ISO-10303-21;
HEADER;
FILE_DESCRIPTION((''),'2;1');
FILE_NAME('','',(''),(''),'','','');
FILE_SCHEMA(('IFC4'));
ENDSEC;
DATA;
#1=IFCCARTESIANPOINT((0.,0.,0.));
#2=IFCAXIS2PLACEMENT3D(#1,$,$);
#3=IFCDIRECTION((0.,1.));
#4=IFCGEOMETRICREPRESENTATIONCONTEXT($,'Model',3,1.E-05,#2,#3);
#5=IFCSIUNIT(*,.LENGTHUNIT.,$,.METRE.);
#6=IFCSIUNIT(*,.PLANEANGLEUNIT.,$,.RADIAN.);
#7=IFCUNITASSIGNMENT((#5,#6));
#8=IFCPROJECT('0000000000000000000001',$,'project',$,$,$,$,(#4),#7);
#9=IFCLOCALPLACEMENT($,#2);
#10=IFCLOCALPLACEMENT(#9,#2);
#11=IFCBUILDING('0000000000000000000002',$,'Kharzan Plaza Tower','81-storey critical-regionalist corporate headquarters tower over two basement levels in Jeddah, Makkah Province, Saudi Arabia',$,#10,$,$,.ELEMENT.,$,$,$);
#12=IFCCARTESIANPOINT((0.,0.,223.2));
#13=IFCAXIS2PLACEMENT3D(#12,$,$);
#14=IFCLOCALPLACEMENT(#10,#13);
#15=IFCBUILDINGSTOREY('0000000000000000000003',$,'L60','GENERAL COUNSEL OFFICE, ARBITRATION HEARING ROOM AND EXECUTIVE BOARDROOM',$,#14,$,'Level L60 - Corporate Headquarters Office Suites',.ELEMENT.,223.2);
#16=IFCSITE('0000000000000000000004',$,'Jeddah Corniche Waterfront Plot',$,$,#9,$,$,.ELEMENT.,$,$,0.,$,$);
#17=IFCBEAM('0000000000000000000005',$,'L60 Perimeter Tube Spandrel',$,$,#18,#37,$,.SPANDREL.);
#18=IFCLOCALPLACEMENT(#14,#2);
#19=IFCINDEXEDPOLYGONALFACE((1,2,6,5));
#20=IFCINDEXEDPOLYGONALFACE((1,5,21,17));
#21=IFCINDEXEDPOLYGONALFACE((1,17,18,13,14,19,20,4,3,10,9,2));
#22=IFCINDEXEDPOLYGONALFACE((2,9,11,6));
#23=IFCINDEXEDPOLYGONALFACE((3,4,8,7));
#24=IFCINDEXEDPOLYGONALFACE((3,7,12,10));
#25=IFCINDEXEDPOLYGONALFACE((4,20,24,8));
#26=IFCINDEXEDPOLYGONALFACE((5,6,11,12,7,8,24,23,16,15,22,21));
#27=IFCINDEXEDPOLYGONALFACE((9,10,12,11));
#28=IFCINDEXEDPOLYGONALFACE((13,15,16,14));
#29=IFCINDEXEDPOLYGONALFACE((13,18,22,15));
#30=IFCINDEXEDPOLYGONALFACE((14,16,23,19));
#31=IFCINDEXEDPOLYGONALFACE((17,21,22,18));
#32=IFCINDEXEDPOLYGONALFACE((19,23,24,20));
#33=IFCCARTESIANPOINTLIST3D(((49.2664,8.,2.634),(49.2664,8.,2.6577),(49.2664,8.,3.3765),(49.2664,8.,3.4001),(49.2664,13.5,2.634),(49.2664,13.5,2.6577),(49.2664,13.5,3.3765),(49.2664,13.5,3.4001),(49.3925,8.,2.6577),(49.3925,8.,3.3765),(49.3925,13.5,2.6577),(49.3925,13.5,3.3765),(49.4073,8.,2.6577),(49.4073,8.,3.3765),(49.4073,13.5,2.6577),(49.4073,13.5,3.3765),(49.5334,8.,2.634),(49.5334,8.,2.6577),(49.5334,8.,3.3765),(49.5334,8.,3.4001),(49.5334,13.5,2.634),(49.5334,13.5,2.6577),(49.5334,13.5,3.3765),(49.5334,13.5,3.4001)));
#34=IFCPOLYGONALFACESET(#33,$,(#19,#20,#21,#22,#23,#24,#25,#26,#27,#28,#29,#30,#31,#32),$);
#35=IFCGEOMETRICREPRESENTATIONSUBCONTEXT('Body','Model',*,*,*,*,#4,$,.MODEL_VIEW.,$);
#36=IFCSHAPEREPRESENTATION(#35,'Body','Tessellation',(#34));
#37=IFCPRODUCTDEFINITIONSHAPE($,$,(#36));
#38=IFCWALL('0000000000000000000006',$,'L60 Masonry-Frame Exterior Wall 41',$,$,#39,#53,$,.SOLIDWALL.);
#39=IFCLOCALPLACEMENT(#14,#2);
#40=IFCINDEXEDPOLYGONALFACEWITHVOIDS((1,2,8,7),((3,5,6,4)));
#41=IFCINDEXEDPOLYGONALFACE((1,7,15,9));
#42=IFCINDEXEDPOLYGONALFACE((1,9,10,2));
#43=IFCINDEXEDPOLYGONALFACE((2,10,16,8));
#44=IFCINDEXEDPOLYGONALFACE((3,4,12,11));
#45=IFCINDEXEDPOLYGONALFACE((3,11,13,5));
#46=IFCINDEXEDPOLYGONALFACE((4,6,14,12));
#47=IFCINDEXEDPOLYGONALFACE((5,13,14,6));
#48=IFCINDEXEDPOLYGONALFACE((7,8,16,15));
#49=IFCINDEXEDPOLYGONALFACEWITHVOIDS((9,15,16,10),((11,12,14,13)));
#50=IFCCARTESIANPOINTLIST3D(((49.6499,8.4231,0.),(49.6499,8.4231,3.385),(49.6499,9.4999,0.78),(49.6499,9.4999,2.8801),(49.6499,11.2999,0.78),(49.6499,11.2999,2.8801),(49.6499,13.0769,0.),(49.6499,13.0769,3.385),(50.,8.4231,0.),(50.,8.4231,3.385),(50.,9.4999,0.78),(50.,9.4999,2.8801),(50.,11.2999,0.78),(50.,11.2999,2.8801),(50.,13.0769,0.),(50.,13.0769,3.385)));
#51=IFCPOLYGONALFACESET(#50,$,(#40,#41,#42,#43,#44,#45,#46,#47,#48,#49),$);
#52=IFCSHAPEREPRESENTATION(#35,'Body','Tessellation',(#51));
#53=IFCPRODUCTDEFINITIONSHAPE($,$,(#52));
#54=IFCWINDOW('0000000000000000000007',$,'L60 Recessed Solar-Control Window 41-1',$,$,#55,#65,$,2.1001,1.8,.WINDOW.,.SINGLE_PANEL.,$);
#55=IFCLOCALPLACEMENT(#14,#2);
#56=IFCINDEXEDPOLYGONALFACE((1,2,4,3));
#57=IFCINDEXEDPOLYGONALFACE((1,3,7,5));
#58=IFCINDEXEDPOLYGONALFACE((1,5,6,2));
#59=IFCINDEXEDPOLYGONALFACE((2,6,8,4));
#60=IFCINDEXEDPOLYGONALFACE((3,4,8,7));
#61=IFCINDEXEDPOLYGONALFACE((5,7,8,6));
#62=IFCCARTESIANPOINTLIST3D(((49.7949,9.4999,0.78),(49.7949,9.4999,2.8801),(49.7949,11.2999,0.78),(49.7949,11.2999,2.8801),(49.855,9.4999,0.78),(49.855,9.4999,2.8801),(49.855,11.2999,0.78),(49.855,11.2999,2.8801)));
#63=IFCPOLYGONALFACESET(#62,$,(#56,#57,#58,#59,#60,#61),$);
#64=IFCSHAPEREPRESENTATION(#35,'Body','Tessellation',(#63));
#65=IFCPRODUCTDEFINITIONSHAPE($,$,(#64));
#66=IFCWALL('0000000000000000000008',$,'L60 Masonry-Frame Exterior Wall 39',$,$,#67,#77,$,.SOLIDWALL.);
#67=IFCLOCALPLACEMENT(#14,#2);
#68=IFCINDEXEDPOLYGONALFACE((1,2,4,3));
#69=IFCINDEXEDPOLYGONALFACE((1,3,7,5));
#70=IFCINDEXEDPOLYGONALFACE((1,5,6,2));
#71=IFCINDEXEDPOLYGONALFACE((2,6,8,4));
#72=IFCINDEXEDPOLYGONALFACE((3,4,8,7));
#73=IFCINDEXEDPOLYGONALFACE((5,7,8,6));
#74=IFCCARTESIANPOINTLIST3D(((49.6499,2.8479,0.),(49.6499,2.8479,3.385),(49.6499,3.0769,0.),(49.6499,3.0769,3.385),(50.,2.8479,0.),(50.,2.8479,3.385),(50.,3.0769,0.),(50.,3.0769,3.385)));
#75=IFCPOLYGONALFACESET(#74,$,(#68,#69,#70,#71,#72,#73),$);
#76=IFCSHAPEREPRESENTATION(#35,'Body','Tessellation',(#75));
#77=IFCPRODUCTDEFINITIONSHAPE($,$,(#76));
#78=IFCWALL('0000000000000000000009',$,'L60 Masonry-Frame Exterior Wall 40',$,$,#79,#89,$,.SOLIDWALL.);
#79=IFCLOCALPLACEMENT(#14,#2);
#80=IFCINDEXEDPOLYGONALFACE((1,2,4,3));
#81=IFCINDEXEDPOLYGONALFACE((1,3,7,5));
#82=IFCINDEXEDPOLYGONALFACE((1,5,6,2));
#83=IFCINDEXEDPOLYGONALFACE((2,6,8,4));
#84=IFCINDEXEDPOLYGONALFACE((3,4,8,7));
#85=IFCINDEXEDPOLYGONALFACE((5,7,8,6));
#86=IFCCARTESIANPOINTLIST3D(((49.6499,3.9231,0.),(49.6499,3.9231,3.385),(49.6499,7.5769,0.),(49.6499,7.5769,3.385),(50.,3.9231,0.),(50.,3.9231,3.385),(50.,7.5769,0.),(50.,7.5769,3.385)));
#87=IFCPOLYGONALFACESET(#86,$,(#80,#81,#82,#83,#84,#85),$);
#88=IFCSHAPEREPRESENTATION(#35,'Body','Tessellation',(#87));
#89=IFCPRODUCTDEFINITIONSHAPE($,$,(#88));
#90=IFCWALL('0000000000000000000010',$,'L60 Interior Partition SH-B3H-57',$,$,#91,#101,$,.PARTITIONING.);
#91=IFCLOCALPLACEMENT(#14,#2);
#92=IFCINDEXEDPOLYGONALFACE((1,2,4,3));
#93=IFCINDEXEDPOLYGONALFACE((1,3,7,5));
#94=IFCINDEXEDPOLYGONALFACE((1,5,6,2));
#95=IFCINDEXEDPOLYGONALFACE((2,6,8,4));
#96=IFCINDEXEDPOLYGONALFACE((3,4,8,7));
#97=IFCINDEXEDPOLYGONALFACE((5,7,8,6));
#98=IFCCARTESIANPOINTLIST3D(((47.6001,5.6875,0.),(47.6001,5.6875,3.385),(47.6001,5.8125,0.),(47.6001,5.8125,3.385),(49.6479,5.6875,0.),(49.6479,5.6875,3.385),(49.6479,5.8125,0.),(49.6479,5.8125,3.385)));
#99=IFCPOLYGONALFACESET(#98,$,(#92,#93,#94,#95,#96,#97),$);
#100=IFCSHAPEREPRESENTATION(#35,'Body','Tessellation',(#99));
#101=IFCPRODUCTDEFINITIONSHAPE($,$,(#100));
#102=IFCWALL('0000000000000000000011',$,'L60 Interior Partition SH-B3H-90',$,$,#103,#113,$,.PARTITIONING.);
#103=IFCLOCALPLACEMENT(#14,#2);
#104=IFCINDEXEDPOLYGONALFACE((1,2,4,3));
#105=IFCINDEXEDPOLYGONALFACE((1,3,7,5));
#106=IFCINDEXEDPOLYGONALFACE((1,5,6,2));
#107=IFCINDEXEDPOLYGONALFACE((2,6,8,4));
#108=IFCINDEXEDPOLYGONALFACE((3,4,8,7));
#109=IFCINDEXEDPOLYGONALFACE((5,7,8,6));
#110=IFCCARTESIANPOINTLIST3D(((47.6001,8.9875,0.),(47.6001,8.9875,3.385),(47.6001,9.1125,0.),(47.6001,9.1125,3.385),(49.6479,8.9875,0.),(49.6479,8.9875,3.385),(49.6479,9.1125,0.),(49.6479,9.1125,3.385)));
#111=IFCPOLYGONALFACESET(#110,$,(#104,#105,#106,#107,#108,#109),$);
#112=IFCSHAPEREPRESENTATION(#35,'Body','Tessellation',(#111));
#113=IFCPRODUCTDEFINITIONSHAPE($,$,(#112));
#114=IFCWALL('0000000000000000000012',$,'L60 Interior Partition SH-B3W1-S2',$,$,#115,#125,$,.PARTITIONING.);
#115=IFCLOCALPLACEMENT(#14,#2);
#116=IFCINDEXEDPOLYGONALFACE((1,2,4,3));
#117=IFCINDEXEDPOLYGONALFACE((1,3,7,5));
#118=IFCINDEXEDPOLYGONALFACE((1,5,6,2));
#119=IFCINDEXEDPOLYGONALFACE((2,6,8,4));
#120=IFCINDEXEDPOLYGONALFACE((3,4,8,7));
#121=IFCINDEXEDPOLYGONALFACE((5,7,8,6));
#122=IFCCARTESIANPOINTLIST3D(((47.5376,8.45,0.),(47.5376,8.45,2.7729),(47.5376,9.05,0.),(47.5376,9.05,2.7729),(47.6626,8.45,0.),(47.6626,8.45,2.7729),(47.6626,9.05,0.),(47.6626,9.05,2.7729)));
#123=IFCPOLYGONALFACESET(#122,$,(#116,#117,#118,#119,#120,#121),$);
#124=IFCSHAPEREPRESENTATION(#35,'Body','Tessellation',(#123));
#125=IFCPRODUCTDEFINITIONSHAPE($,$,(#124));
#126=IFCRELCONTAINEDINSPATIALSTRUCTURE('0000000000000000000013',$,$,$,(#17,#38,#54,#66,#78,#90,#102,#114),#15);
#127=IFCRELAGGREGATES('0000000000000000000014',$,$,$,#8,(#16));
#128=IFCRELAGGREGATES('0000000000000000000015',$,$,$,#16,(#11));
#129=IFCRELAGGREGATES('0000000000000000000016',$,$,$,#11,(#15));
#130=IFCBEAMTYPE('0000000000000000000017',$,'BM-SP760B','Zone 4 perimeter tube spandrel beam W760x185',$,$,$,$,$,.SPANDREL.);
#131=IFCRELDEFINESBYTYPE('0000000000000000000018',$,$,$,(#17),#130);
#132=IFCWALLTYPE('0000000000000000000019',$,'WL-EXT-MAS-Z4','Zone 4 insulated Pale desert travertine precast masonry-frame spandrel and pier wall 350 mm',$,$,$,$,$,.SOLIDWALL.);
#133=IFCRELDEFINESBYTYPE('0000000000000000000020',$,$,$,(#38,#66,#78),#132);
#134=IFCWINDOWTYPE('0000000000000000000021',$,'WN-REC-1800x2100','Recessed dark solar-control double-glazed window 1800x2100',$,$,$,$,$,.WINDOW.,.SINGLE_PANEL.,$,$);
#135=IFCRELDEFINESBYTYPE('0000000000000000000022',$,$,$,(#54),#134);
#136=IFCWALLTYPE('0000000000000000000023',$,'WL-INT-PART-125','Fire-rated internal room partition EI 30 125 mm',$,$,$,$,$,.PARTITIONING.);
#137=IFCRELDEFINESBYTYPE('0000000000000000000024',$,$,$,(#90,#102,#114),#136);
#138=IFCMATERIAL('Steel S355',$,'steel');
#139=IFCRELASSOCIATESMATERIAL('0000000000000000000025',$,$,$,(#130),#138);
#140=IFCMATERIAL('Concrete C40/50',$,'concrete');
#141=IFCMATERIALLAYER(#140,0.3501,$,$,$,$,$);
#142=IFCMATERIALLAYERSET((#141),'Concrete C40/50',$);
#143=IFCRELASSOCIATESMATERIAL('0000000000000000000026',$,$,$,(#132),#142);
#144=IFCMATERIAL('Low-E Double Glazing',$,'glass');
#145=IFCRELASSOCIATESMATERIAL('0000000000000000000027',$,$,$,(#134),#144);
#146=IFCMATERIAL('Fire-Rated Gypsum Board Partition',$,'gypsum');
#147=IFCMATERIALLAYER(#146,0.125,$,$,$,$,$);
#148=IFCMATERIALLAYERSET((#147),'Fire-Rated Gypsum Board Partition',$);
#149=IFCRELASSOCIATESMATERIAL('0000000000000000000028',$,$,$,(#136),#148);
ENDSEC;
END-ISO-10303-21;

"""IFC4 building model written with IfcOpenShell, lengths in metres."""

from ifc_helpers import new_model, si_unit, direction, frame, frame_2d, origin, origin_2d, place, context, subcontext, project, spatial, rectangle, i_section, extrude, source, transform, mapped, material, layer, layer_set, material_profile, profile_set, type_object, element, fill, save


model = new_model("IFC4")

# Units and contexts
model_context = context("Model", 3, precision=1e-05, world=origin(), true_north=direction((0.0, 1.0)))
body_context = subcontext(model_context, "Body", "Model", "MODEL_VIEW")
ifc_project = project(units=[si_unit("LENGTHUNIT", "METRE"), si_unit("PLANEANGLEUNIT", "RADIAN")], contexts=[model_context])

# Site, building, storey
site_placement = place(None, origin())
site = spatial("IfcSite", under=ifc_project, at=site_placement, Name="Jeddah Corniche Waterfront Plot", CompositionType="ELEMENT", RefElevation=0.0)
building_placement = place(site_placement, origin())
building = spatial("IfcBuilding", under=site, at=building_placement, Name="Kharzan Plaza Tower", Description="81-storey critical-regionalist corporate headquarters tower over two basement levels in Jeddah, Makkah Province, Saudi Arabia", CompositionType="ELEMENT")
storey_placement = place(building_placement, frame((0.0, 0.0, 223.2)))
storey = spatial("IfcBuildingStorey", under=building, at=storey_placement, Name="L60", Description="GENERAL COUNSEL OFFICE, ARBITRATION HEARING ROOM AND EXECUTIVE BOARDROOM", LongName="Level L60 - Corporate Headquarters Office Suites", CompositionType="ELEMENT", Elevation=223.2)

# Beam
ifc_material_1 = material(Name="Steel S355", Category="steel")
ifc_material_profile_1 = material_profile(ifc_material_1, i_section(OverallWidth=0.2671, OverallDepth=0.7661, WebThickness=0.0149, FlangeThickness=0.0237, at=origin_2d()), Name="W760x185")
ifc_profile_set_1 = profile_set([ifc_material_profile_1], Name="Steel S355")
beam_type_1 = type_object("IfcBeamType", Name="BM-SP760B", Description="Zone 4 perimeter tube spandrel beam W760x185", PredefinedType="SPANDREL", material=ifc_profile_set_1)
shared_shape_1 = source(origin(), body_context, "Body", "SweptSolid", [
    extrude(i_section(OverallWidth=0.2671, OverallDepth=0.7661, WebThickness=0.0149, FlangeThickness=0.0237, at=origin_2d()), origin(), (0.0, 0.0, 1.0), 5.5),
])
beam_1_placement = place(storey_placement, frame((49.3999, 8.0, 3.0171), z_axis=(0.0, 1.0, 0.0), x_axis=(-1.0, 0.0, 0.0)))
element("IfcBeam", 1, at=beam_1_placement, inside=storey, type_object=beam_type_1, Name="L60 Perimeter Tube Spandrel", PredefinedType="SPANDREL", context=body_context, shape_type="MappedRepresentation", body=[
    mapped(shared_shape_1, transform((0.0, 0.0, 0.0), x_axis=(1.0, 0.0, 0.0), y_axis=(0.0, 1.0, 0.0), z_axis=(0.0, 0.0, 1.0))),
])

# Wall, opening, window
ifc_material_2 = material(Name="Concrete C40/50", Category="concrete")
ifc_layer_1 = layer(ifc_material_2, 0.3501)
ifc_layer_set_1 = layer_set([ifc_layer_1], Name="Concrete C40/50")
wall_type_1 = type_object("IfcWallType", Name="WL-EXT-MAS-Z4", Description="Zone 4 insulated Pale desert travertine precast masonry-frame spandrel and pier wall 350 mm", PredefinedType="SOLIDWALL", material=ifc_layer_set_1)
wall_1_placement = place(storey_placement, frame((49.825, 8.4231, 0.0), z_axis=(0.0, 0.0, 1.0), x_axis=(0.0, 1.0, 0.0)))
wall_1 = element("IfcWall", 2, at=wall_1_placement, inside=storey, type_object=wall_type_1, Name="L60 Masonry-Frame Exterior Wall 41", PredefinedType="SOLIDWALL", context=body_context, shape_type="SweptSolid", body=[
    extrude(rectangle(XDim=4.6538, YDim=0.3501, at=frame_2d((2.3269, 0.0))), origin(), (0.0, 0.0, 1.0), 3.385),
])
opening_1_placement = place(wall_1_placement, frame((1.0769, 0.0, 0.78)))
opening_1 = element("IfcOpeningElement", 3, at=opening_1_placement, cuts=wall_1, PredefinedType="OPENING", context=body_context, shape_type="SweptSolid", body=[
    extrude(rectangle(XDim=1.8, YDim=2.1001, at=frame_2d((0.8999, 1.05))), frame((0.0, 0.1851, 0.0), z_axis=(0.0, -1.0, 0.0), x_axis=(1.0, 0.0, 0.0)), (0.0, 0.0, 1.0), 0.3701),
])
ifc_material_3 = material(Name="Low-E Double Glazing", Category="glass")
window_type = type_object("IfcWindowType", Name="WN-REC-1800x2100", Description="Recessed dark solar-control double-glazed window 1800x2100", PartitioningType="SINGLE_PANEL", PredefinedType="WINDOW", material=ifc_material_3)
shared_shape_2 = source(origin(), body_context, "Body", "SweptSolid", [
    extrude(rectangle(XDim=1.8, YDim=2.1001, at=frame_2d((0.8999, 1.05))), frame((0.0, 0.03, 0.0), z_axis=(0.0, -1.0, 0.0), x_axis=(1.0, 0.0, 0.0)), (0.0, 0.0, 1.0), 0.0601),
])
window_placement = place(opening_1_placement, origin())
window = element("IfcWindow", 4, at=window_placement, inside=storey, type_object=window_type, Name="L60 Recessed Solar-Control Window 41-1", OverallHeight=2.1001, OverallWidth=1.8, PartitioningType="SINGLE_PANEL", PredefinedType="WINDOW", context=body_context, shape_type="MappedRepresentation", body=[
    mapped(shared_shape_2, transform((0.0, 0.0, 0.0), x_axis=(1.0, 0.0, 0.0), y_axis=(0.0, 1.0, 0.0), z_axis=(0.0, 0.0, 1.0))),
])
fill(opening_1, window)

# Shared definitions
ifc_material_4 = material(Name="Fire-Rated Gypsum Board Partition", Category="gypsum")
ifc_layer_2 = layer(ifc_material_4, 0.125)
ifc_layer_set_2 = layer_set([ifc_layer_2], Name="Fire-Rated Gypsum Board Partition")
wall_type_2 = type_object("IfcWallType", Name="WL-INT-PART-125", Description="Fire-rated internal room partition EI 30 125 mm", PredefinedType="PARTITIONING", material=ifc_layer_set_2)

# Walls
shared_shape_3 = source(origin(), body_context, "Body", "SweptSolid", [
    extrude(rectangle(XDim=0.229, YDim=0.3501, at=frame_2d((0.1145, 0.0))), origin(), (0.0, 0.0, 1.0), 3.385),
])
wall_2_placement = place(storey_placement, frame((49.825, 2.8479, 0.0), z_axis=(0.0, 0.0, 1.0), x_axis=(0.0, 1.0, 0.0)))
element("IfcWall", 5, at=wall_2_placement, inside=storey, type_object=wall_type_1, Name="L60 Masonry-Frame Exterior Wall 39", PredefinedType="SOLIDWALL", context=body_context, shape_type="MappedRepresentation", body=[
    mapped(shared_shape_3, transform((0.0, 0.0, 0.0), x_axis=(1.0, 0.0, 0.0), y_axis=(0.0, 1.0, 0.0), z_axis=(0.0, 0.0, 1.0))),
])
shared_shape_4 = source(origin(), body_context, "Body", "SweptSolid", [
    extrude(rectangle(XDim=3.6538, YDim=0.3501, at=frame_2d((1.8269, 0.0))), origin(), (0.0, 0.0, 1.0), 3.385),
])
wall_3_placement = place(storey_placement, frame((49.825, 3.9231, 0.0), z_axis=(0.0, 0.0, 1.0), x_axis=(0.0, 1.0, 0.0)))
element("IfcWall", 6, at=wall_3_placement, inside=storey, type_object=wall_type_1, Name="L60 Masonry-Frame Exterior Wall 40", PredefinedType="SOLIDWALL", context=body_context, shape_type="MappedRepresentation", body=[
    mapped(shared_shape_4, transform((0.0, 0.0, 0.0), x_axis=(1.0, 0.0, 0.0), y_axis=(0.0, 1.0, 0.0), z_axis=(0.0, 0.0, 1.0))),
])
shared_shape_5 = source(origin(), body_context, "Body", "SweptSolid", [
    extrude(rectangle(XDim=2.0479, YDim=0.125, at=frame_2d((1.0239, 0.0))), origin(), (0.0, 0.0, 1.0), 3.385),
])
for number, where, z_axis, x_axis, name in (
    (7, (47.6001, 5.75, 0.0), (0.0, 0.0, 1.0), (1.0, 0.0, 0.0), "L60 Interior Partition SH-B3H-57"),
    (8, (47.6001, 9.05, 0.0), (0.0, 0.0, 1.0), (1.0, 0.0, 0.0), "L60 Interior Partition SH-B3H-90"),
):
    element("IfcWall", number, at=place(storey_placement, frame(where, z_axis=z_axis, x_axis=x_axis)), inside=storey, type_object=wall_type_2, Name=name, PredefinedType="PARTITIONING", context=body_context, shape_type="MappedRepresentation", body=[
        mapped(shared_shape_5, transform((0.0, 0.0, 0.0), x_axis=(1.0, 0.0, 0.0), y_axis=(0.0, 1.0, 0.0), z_axis=(0.0, 0.0, 1.0))),
    ])
shared_shape_6 = source(origin(), body_context, "Body", "SweptSolid", [
    extrude(rectangle(XDim=0.6001, YDim=0.125, at=frame_2d((0.3, 0.0))), origin(), (0.0, 0.0, 1.0), 2.7729),
])
wall_4_placement = place(storey_placement, frame((47.6001, 8.45, 0.0), z_axis=(0.0, 0.0, 1.0), x_axis=(0.0, 1.0, 0.0)))
element("IfcWall", 9, at=wall_4_placement, inside=storey, type_object=wall_type_2, Name="L60 Interior Partition SH-B3W1-S2", PredefinedType="PARTITIONING", context=body_context, shape_type="MappedRepresentation", body=[
    mapped(shared_shape_6, transform((0.0, 0.0, 0.0), x_axis=(1.0, 0.0, 0.0), y_axis=(0.0, 1.0, 0.0), z_axis=(0.0, 0.0, 1.0))),
])

save(model, "model.ifc")
